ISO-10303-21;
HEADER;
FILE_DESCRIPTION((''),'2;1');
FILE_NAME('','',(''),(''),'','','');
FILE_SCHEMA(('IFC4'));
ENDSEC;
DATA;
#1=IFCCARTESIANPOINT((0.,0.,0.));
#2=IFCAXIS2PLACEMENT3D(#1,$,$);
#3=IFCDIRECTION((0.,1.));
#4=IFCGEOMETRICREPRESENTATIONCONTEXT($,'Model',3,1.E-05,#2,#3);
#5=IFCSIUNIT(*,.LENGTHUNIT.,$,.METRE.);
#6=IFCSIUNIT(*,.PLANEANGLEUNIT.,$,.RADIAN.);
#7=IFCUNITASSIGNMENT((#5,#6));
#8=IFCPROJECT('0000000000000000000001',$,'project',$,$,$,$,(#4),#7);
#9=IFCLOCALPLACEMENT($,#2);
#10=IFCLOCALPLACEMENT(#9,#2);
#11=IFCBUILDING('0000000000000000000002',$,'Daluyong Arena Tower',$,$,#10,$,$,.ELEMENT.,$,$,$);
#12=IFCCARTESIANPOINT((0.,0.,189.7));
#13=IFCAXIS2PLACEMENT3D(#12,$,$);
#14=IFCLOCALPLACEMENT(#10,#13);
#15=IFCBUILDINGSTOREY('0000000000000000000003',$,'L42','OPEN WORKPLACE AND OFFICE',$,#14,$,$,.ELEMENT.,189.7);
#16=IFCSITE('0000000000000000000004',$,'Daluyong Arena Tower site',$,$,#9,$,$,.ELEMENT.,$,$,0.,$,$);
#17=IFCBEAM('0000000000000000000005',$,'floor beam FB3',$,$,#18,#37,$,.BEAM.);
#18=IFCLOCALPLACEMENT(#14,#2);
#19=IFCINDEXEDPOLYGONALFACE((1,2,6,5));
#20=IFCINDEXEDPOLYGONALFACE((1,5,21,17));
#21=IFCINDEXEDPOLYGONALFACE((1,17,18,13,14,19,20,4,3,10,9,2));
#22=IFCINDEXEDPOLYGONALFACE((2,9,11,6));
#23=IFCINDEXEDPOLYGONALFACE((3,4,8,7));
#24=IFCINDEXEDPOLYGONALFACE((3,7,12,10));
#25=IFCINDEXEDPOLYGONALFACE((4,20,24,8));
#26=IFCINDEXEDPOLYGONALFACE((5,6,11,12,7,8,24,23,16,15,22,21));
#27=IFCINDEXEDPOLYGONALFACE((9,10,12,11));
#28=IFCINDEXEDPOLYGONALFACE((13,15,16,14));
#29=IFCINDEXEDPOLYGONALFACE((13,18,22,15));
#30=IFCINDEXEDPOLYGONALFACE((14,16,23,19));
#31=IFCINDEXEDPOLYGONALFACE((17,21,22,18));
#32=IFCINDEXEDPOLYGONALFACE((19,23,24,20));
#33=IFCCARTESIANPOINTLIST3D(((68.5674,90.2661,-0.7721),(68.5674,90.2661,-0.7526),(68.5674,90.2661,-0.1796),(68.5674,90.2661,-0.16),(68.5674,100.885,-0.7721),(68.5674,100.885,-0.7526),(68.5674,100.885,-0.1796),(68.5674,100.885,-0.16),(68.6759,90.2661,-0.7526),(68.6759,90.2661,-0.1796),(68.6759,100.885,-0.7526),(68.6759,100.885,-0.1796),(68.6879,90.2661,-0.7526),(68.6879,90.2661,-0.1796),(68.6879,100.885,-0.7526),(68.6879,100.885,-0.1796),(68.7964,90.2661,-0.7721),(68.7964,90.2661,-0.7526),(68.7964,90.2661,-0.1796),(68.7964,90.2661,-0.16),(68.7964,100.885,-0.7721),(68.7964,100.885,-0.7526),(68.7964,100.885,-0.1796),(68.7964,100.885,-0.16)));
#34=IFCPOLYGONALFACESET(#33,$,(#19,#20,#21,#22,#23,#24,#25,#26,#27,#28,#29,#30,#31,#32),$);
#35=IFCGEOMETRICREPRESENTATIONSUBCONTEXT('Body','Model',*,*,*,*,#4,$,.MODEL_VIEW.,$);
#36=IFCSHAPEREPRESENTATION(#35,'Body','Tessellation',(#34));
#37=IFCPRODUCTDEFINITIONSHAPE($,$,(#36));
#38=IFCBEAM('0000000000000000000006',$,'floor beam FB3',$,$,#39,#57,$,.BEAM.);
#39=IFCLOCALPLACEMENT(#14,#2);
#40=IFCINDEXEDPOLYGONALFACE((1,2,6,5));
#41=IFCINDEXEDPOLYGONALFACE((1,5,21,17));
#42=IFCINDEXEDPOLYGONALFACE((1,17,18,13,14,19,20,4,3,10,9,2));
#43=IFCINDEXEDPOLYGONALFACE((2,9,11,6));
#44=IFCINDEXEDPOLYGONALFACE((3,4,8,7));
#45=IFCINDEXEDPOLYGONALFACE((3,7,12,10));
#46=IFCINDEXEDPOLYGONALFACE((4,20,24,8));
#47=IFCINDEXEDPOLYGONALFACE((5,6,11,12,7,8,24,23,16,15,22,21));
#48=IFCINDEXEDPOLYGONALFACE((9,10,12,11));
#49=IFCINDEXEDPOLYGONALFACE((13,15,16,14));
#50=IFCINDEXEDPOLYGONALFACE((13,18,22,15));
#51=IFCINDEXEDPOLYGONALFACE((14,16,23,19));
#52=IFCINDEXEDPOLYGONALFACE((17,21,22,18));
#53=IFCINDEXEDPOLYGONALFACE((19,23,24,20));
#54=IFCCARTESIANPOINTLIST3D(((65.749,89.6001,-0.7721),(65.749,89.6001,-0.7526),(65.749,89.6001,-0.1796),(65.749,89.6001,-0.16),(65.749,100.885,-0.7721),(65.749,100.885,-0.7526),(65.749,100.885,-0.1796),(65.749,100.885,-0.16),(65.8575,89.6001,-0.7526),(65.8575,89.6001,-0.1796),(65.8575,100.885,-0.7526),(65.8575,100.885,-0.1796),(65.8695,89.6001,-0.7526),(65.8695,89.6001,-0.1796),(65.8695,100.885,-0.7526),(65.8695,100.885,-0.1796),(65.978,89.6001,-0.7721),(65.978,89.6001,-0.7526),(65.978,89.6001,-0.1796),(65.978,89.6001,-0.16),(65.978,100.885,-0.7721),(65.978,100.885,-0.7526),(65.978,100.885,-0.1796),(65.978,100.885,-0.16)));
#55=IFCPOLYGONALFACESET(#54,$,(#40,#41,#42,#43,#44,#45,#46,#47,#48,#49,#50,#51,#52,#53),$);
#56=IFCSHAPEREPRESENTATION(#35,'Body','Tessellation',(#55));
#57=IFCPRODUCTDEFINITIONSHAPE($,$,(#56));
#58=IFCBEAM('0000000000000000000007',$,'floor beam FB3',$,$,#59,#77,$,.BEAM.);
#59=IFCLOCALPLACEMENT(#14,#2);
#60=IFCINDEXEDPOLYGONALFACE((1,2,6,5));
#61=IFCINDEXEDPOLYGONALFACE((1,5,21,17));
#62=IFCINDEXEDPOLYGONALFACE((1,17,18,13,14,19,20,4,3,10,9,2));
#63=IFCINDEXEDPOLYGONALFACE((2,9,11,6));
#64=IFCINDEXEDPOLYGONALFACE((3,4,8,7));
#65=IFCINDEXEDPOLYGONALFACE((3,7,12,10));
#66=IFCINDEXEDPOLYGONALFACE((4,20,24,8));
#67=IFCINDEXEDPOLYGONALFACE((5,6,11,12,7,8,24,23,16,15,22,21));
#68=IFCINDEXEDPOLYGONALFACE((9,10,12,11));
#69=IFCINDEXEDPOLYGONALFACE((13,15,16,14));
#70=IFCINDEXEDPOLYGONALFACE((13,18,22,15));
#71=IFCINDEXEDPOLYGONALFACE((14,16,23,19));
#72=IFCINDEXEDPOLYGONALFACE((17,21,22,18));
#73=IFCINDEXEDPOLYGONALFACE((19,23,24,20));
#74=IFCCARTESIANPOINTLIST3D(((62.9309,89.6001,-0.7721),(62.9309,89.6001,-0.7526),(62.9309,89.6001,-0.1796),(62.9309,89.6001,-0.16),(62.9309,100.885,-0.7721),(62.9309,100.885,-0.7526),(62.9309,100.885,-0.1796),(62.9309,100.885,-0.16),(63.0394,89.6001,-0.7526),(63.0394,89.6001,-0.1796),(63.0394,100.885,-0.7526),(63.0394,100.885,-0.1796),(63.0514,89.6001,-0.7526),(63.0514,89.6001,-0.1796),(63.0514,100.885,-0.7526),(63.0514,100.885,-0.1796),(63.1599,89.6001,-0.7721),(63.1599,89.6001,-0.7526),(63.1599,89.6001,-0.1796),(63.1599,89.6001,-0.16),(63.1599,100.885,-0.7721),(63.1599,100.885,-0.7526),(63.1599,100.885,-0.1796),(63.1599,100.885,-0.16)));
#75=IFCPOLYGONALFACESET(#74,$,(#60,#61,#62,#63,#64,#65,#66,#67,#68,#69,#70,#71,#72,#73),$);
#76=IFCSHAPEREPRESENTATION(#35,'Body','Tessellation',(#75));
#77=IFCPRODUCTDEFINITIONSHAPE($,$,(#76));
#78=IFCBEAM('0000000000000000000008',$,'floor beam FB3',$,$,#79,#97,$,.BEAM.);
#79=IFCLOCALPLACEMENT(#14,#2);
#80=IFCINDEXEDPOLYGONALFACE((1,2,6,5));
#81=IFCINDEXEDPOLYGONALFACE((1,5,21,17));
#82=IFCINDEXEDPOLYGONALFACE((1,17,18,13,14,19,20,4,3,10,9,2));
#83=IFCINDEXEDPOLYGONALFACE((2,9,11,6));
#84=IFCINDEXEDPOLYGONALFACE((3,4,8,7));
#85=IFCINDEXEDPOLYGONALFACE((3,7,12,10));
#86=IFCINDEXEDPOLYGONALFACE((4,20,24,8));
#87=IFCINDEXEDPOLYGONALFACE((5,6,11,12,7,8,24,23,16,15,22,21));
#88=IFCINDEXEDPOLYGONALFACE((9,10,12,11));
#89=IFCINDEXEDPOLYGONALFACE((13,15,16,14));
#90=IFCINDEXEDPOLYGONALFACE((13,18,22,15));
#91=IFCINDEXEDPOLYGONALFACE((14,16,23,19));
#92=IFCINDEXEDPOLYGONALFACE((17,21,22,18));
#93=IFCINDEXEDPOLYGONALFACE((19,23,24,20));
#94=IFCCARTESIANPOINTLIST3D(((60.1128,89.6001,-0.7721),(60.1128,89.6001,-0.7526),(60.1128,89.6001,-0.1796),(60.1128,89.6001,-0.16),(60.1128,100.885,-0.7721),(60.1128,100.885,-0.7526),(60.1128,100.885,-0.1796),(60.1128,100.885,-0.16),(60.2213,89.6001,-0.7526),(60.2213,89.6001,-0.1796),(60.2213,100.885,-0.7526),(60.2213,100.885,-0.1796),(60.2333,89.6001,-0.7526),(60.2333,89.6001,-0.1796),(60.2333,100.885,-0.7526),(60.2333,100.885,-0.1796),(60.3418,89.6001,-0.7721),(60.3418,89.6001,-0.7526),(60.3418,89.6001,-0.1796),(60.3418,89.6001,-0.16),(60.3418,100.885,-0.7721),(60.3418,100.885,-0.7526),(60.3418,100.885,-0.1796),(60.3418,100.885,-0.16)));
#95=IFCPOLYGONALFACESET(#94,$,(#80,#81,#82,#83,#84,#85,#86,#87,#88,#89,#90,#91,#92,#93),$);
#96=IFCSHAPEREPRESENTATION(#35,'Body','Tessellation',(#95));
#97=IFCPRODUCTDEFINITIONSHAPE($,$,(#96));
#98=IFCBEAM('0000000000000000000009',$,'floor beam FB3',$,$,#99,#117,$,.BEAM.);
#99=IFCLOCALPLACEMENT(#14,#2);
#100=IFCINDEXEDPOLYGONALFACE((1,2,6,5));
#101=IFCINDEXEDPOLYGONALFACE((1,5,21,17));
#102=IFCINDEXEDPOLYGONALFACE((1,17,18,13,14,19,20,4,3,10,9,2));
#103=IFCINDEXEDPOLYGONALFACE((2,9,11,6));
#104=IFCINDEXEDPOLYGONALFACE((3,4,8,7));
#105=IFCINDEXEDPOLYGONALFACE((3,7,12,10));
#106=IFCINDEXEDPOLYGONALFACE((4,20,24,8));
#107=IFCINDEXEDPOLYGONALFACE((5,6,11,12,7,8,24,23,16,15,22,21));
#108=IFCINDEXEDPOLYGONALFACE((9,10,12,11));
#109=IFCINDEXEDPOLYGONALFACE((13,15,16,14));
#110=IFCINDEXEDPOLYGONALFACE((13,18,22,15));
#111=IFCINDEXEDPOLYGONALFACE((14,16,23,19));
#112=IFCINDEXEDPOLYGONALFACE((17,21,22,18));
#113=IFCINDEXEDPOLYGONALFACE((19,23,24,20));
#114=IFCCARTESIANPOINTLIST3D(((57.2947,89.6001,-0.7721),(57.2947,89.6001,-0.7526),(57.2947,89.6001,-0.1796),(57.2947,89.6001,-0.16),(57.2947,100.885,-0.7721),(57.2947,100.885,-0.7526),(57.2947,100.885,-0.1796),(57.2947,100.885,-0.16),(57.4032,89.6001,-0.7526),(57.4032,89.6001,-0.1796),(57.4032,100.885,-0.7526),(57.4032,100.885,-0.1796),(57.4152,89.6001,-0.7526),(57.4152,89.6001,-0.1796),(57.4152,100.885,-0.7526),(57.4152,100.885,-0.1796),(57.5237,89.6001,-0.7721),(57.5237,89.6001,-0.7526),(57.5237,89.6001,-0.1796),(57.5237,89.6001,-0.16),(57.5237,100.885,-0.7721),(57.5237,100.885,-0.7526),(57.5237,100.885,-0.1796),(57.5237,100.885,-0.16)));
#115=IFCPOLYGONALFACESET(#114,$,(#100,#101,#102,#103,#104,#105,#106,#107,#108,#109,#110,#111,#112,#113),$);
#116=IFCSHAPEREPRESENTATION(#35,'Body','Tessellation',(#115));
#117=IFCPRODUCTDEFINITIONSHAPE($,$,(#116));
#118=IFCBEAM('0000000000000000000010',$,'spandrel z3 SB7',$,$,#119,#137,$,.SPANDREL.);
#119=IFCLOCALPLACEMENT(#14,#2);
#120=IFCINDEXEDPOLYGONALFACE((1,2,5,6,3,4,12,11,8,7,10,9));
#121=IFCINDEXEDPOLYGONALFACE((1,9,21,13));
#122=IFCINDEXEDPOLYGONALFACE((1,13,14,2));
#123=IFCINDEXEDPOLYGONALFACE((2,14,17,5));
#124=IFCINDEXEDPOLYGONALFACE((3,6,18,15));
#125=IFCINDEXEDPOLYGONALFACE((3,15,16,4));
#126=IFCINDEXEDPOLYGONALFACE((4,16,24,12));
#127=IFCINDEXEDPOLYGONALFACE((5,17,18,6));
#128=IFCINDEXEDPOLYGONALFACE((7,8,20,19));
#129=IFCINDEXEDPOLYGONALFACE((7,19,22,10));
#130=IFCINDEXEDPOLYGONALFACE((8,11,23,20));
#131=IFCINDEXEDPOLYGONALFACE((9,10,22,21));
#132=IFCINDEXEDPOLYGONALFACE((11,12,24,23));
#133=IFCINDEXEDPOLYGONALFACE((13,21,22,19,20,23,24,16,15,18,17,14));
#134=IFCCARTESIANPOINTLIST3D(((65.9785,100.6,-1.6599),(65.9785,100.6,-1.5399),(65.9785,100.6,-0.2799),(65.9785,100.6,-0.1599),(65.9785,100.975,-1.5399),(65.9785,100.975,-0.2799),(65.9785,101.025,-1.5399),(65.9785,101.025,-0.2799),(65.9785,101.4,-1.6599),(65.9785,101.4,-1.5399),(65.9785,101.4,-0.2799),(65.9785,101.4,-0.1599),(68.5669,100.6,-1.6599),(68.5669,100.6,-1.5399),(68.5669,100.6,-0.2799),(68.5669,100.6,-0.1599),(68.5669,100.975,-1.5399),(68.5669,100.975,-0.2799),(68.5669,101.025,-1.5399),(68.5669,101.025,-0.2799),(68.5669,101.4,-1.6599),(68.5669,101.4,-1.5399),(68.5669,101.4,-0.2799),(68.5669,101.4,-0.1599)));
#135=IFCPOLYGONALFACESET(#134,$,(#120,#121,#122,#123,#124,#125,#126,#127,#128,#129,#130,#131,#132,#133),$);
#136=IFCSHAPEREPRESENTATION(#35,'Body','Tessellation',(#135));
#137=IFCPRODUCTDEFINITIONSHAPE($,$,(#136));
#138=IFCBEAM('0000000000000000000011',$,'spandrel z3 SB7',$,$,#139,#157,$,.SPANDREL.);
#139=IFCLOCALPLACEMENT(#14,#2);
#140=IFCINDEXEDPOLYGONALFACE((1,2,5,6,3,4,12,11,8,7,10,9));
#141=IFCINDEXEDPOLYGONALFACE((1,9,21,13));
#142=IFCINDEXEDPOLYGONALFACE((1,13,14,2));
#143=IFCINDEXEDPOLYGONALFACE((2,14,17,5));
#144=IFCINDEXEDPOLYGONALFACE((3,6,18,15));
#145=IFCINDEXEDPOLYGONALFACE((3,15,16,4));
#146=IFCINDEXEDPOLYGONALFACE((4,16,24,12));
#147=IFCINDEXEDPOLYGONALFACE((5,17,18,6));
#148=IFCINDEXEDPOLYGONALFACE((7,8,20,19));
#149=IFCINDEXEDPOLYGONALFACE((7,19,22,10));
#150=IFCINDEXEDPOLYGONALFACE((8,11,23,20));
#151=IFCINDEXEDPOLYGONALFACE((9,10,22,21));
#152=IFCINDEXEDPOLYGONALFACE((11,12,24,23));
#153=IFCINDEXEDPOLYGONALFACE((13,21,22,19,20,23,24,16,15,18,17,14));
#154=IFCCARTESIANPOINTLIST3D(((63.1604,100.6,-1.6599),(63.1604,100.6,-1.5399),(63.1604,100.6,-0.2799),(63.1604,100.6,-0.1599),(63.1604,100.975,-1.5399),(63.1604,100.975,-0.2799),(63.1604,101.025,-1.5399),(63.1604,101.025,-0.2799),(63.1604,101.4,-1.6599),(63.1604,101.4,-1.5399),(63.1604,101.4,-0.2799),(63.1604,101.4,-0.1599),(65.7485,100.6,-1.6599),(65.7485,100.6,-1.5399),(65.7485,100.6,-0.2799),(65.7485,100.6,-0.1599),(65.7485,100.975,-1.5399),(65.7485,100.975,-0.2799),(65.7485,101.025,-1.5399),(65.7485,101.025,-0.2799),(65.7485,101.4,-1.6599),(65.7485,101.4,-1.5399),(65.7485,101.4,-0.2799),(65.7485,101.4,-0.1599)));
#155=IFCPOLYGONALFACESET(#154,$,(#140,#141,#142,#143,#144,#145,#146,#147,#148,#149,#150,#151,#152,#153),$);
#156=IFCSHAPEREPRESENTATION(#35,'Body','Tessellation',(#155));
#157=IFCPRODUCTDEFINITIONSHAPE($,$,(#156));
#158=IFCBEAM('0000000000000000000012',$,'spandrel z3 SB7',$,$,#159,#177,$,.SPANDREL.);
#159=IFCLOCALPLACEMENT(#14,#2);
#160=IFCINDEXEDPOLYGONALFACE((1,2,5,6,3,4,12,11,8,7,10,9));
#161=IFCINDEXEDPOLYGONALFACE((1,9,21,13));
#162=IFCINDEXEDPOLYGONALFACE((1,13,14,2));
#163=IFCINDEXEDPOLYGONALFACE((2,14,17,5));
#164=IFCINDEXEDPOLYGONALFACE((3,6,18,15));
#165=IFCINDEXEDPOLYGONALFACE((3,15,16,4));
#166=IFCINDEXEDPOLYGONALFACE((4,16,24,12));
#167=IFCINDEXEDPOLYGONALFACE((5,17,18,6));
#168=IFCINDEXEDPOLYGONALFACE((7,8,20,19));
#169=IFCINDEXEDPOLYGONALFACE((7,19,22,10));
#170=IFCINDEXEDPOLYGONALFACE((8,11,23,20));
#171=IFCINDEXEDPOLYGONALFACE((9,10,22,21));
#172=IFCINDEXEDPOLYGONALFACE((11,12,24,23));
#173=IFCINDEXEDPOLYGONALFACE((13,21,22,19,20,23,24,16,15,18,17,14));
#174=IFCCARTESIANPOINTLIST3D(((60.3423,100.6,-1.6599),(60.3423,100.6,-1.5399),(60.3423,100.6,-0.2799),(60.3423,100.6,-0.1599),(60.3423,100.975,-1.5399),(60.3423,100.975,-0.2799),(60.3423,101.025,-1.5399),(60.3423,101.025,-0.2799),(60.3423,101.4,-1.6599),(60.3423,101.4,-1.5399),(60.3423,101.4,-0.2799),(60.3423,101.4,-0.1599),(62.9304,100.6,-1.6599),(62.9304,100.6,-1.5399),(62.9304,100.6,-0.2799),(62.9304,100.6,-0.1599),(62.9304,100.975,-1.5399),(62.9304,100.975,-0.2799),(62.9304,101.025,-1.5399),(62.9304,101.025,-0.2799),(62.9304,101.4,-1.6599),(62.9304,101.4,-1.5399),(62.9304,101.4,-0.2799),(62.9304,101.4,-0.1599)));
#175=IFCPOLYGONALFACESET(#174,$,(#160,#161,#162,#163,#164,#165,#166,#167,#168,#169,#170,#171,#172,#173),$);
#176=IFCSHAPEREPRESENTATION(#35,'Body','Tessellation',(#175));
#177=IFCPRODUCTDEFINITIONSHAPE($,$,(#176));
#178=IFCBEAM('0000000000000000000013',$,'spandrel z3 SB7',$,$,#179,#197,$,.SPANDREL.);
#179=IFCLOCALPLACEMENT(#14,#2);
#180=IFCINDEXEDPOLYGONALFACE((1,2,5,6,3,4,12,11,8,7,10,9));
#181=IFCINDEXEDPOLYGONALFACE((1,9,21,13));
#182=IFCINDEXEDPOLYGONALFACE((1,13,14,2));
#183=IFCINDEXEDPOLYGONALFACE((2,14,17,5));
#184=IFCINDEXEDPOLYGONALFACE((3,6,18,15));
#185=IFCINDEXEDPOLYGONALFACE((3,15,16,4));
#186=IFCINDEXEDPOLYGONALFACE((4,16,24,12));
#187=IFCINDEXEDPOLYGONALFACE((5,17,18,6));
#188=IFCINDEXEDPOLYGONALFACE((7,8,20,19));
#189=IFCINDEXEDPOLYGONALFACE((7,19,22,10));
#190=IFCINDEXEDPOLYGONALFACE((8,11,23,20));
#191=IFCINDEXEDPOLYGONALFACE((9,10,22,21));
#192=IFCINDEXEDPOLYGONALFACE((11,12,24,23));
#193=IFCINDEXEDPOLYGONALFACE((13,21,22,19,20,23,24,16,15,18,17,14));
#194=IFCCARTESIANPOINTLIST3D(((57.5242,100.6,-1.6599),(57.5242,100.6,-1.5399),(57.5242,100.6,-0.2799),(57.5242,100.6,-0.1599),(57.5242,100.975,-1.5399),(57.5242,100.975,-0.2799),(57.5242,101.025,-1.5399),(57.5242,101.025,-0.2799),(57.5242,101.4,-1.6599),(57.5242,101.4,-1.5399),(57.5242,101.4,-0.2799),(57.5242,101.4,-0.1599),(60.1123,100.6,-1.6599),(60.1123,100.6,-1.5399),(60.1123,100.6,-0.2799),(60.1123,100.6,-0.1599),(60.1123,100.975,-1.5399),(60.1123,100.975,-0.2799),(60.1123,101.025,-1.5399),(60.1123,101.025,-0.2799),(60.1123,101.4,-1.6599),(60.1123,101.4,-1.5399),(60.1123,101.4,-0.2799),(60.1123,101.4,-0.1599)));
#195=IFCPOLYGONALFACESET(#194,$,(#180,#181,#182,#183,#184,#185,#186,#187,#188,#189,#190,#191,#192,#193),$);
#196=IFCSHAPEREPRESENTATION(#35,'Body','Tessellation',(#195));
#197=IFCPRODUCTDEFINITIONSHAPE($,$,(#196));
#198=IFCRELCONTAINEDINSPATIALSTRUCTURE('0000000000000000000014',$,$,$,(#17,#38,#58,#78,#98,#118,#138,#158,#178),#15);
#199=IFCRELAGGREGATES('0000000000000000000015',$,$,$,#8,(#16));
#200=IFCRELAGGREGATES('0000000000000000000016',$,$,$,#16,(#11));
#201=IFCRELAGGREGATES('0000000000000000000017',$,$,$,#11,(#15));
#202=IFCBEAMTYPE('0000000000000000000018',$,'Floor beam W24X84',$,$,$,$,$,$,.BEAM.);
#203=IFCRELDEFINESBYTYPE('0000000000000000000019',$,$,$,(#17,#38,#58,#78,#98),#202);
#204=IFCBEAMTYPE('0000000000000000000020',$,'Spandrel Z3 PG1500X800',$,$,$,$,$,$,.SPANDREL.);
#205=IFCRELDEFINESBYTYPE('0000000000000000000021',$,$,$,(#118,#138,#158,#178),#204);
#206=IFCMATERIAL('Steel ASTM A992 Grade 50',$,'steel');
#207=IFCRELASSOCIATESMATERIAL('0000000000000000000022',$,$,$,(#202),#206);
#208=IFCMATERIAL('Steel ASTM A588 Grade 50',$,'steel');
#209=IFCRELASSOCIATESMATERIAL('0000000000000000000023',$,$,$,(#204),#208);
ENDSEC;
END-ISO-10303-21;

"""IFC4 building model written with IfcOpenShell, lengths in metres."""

from ifc_helpers import new_model, si_unit, direction, frame, origin, origin_2d, place, context, subcontext, project, spatial, i_section, extrude, material, material_profile, profile_set, type_object, element, save


model = new_model("IFC4")

# Units and contexts
model_context = context("Model", 3, precision=1e-05, world=origin(), true_north=direction((0.0, 1.0)))
body_context = subcontext(model_context, "Body", "Model", "MODEL_VIEW")
ifc_project = project(units=[si_unit("LENGTHUNIT", "METRE"), si_unit("PLANEANGLEUNIT", "RADIAN")], contexts=[model_context])

# Site, building, storey
site_placement = place(None, origin())
site = spatial("IfcSite", under=ifc_project, at=site_placement, Name="Daluyong Arena Tower site", CompositionType="ELEMENT", RefElevation=0.0)
building_placement = place(site_placement, origin())
building = spatial("IfcBuilding", under=site, at=building_placement, Name="Daluyong Arena Tower", CompositionType="ELEMENT")
storey_placement = place(building_placement, frame((0.0, 0.0, 189.7)))
storey = spatial("IfcBuildingStorey", under=building, at=storey_placement, Name="L42", Description="OPEN WORKPLACE AND OFFICE", CompositionType="ELEMENT", Elevation=189.7)

# Beams
ifc_material_1 = material(Name="Steel ASTM A992 Grade 50", Category="steel")
ifc_material_profile_1 = material_profile(ifc_material_1, i_section(OverallWidth=0.229, OverallDepth=0.6121, WebThickness=0.012, FlangeThickness=0.0195, at=origin_2d()))
ifc_profile_set_1 = profile_set([ifc_material_profile_1], Name="Steel ASTM A992 Grade 50")
beam_type_1 = type_object("IfcBeamType", Name="Floor beam W24X84", PredefinedType="BEAM", material=ifc_profile_set_1)
beam_1_placement = place(storey_placement, frame((68.6819, 100.885, -0.4661), z_axis=(0.0, -1.0, 0.0), x_axis=(1.0, 0.0, 0.0)))
element("IfcBeam", 1, at=beam_1_placement, inside=storey, type_object=beam_type_1, Name="floor beam FB3", PredefinedType="BEAM", context=body_context, shape_type="SweptSolid", body=[
    extrude(i_section(OverallWidth=0.229, OverallDepth=0.6121, WebThickness=0.012, FlangeThickness=0.0195, at=origin_2d()), origin(), (0.0, 0.0, 1.0), 10.6189),
])
for number, where, z_axis, x_axis, name in (
    (2, (65.8635, 100.885, -0.4661), (0.0, -1.0, 0.0), (1.0, 0.0, 0.0), "floor beam FB3"),
    (3, (63.0454, 100.885, -0.4661), (0.0, -1.0, 0.0), (1.0, 0.0, 0.0), "floor beam FB3"),
    (4, (60.2273, 100.885, -0.4661), (0.0, -1.0, 0.0), (1.0, 0.0, 0.0), "floor beam FB3"),
    (5, (57.4092, 100.885, -0.4661), (0.0, -1.0, 0.0), (1.0, 0.0, 0.0), "floor beam FB3"),
):
    element("IfcBeam", number, at=place(storey_placement, frame(where, z_axis=z_axis, x_axis=x_axis)), inside=storey, type_object=beam_type_1, Name=name, PredefinedType="BEAM", context=body_context, shape_type="SweptSolid", body=[
        extrude(i_section(OverallWidth=0.229, OverallDepth=0.6121, WebThickness=0.012, FlangeThickness=0.0195, at=origin_2d()), origin(), (0.0, 0.0, 1.0), 11.2849),
    ])
ifc_material_2 = material(Name="Steel ASTM A588 Grade 50", Category="steel")
ifc_material_profile_2 = material_profile(ifc_material_2, i_section(OverallWidth=0.8, OverallDepth=1.5, WebThickness=0.05, FlangeThickness=0.12, at=origin_2d()))
ifc_profile_set_2 = profile_set([ifc_material_profile_2], Name="Steel ASTM A588 Grade 50")
beam_type_2 = type_object("IfcBeamType", Name="Spandrel Z3 PG1500X800", PredefinedType="SPANDREL", material=ifc_profile_set_2)
beam_2_placement = place(storey_placement, frame((68.5669, 101.0, -0.9099), z_axis=(-1.0, 0.0, 0.0), x_axis=(0.0, -1.0, 0.0)))
element("IfcBeam", 6, at=beam_2_placement, inside=storey, type_object=beam_type_2, Name="spandrel z3 SB7", PredefinedType="SPANDREL", context=body_context, shape_type="SweptSolid", body=[
    extrude(i_section(OverallWidth=0.8, OverallDepth=1.5, WebThickness=0.05, FlangeThickness=0.12, at=origin_2d()), origin(), (0.0, 0.0, 1.0), 2.5884),
])
for number, where, z_axis, x_axis, name in (
    (7, (65.7485, 101.0, -0.9099), (-1.0, 0.0, 0.0), (0.0, -1.0, 0.0), "spandrel z3 SB7"),
    (8, (62.9304, 101.0, -0.9099), (-1.0, 0.0, 0.0), (0.0, -1.0, 0.0), "spandrel z3 SB7"),
    (9, (60.1123, 101.0, -0.9099), (-1.0, 0.0, 0.0), (0.0, -1.0, 0.0), "spandrel z3 SB7"),
):
    element("IfcBeam", number, at=place(storey_placement, frame(where, z_axis=z_axis, x_axis=x_axis)), inside=storey, type_object=beam_type_2, Name=name, PredefinedType="SPANDREL", context=body_context, shape_type="SweptSolid", body=[
        extrude(i_section(OverallWidth=0.8, OverallDepth=1.5, WebThickness=0.05, FlangeThickness=0.12, at=origin_2d()), origin(), (0.0, 0.0, 1.0), 2.5881),
    ])

save(model, "model.ifc")
